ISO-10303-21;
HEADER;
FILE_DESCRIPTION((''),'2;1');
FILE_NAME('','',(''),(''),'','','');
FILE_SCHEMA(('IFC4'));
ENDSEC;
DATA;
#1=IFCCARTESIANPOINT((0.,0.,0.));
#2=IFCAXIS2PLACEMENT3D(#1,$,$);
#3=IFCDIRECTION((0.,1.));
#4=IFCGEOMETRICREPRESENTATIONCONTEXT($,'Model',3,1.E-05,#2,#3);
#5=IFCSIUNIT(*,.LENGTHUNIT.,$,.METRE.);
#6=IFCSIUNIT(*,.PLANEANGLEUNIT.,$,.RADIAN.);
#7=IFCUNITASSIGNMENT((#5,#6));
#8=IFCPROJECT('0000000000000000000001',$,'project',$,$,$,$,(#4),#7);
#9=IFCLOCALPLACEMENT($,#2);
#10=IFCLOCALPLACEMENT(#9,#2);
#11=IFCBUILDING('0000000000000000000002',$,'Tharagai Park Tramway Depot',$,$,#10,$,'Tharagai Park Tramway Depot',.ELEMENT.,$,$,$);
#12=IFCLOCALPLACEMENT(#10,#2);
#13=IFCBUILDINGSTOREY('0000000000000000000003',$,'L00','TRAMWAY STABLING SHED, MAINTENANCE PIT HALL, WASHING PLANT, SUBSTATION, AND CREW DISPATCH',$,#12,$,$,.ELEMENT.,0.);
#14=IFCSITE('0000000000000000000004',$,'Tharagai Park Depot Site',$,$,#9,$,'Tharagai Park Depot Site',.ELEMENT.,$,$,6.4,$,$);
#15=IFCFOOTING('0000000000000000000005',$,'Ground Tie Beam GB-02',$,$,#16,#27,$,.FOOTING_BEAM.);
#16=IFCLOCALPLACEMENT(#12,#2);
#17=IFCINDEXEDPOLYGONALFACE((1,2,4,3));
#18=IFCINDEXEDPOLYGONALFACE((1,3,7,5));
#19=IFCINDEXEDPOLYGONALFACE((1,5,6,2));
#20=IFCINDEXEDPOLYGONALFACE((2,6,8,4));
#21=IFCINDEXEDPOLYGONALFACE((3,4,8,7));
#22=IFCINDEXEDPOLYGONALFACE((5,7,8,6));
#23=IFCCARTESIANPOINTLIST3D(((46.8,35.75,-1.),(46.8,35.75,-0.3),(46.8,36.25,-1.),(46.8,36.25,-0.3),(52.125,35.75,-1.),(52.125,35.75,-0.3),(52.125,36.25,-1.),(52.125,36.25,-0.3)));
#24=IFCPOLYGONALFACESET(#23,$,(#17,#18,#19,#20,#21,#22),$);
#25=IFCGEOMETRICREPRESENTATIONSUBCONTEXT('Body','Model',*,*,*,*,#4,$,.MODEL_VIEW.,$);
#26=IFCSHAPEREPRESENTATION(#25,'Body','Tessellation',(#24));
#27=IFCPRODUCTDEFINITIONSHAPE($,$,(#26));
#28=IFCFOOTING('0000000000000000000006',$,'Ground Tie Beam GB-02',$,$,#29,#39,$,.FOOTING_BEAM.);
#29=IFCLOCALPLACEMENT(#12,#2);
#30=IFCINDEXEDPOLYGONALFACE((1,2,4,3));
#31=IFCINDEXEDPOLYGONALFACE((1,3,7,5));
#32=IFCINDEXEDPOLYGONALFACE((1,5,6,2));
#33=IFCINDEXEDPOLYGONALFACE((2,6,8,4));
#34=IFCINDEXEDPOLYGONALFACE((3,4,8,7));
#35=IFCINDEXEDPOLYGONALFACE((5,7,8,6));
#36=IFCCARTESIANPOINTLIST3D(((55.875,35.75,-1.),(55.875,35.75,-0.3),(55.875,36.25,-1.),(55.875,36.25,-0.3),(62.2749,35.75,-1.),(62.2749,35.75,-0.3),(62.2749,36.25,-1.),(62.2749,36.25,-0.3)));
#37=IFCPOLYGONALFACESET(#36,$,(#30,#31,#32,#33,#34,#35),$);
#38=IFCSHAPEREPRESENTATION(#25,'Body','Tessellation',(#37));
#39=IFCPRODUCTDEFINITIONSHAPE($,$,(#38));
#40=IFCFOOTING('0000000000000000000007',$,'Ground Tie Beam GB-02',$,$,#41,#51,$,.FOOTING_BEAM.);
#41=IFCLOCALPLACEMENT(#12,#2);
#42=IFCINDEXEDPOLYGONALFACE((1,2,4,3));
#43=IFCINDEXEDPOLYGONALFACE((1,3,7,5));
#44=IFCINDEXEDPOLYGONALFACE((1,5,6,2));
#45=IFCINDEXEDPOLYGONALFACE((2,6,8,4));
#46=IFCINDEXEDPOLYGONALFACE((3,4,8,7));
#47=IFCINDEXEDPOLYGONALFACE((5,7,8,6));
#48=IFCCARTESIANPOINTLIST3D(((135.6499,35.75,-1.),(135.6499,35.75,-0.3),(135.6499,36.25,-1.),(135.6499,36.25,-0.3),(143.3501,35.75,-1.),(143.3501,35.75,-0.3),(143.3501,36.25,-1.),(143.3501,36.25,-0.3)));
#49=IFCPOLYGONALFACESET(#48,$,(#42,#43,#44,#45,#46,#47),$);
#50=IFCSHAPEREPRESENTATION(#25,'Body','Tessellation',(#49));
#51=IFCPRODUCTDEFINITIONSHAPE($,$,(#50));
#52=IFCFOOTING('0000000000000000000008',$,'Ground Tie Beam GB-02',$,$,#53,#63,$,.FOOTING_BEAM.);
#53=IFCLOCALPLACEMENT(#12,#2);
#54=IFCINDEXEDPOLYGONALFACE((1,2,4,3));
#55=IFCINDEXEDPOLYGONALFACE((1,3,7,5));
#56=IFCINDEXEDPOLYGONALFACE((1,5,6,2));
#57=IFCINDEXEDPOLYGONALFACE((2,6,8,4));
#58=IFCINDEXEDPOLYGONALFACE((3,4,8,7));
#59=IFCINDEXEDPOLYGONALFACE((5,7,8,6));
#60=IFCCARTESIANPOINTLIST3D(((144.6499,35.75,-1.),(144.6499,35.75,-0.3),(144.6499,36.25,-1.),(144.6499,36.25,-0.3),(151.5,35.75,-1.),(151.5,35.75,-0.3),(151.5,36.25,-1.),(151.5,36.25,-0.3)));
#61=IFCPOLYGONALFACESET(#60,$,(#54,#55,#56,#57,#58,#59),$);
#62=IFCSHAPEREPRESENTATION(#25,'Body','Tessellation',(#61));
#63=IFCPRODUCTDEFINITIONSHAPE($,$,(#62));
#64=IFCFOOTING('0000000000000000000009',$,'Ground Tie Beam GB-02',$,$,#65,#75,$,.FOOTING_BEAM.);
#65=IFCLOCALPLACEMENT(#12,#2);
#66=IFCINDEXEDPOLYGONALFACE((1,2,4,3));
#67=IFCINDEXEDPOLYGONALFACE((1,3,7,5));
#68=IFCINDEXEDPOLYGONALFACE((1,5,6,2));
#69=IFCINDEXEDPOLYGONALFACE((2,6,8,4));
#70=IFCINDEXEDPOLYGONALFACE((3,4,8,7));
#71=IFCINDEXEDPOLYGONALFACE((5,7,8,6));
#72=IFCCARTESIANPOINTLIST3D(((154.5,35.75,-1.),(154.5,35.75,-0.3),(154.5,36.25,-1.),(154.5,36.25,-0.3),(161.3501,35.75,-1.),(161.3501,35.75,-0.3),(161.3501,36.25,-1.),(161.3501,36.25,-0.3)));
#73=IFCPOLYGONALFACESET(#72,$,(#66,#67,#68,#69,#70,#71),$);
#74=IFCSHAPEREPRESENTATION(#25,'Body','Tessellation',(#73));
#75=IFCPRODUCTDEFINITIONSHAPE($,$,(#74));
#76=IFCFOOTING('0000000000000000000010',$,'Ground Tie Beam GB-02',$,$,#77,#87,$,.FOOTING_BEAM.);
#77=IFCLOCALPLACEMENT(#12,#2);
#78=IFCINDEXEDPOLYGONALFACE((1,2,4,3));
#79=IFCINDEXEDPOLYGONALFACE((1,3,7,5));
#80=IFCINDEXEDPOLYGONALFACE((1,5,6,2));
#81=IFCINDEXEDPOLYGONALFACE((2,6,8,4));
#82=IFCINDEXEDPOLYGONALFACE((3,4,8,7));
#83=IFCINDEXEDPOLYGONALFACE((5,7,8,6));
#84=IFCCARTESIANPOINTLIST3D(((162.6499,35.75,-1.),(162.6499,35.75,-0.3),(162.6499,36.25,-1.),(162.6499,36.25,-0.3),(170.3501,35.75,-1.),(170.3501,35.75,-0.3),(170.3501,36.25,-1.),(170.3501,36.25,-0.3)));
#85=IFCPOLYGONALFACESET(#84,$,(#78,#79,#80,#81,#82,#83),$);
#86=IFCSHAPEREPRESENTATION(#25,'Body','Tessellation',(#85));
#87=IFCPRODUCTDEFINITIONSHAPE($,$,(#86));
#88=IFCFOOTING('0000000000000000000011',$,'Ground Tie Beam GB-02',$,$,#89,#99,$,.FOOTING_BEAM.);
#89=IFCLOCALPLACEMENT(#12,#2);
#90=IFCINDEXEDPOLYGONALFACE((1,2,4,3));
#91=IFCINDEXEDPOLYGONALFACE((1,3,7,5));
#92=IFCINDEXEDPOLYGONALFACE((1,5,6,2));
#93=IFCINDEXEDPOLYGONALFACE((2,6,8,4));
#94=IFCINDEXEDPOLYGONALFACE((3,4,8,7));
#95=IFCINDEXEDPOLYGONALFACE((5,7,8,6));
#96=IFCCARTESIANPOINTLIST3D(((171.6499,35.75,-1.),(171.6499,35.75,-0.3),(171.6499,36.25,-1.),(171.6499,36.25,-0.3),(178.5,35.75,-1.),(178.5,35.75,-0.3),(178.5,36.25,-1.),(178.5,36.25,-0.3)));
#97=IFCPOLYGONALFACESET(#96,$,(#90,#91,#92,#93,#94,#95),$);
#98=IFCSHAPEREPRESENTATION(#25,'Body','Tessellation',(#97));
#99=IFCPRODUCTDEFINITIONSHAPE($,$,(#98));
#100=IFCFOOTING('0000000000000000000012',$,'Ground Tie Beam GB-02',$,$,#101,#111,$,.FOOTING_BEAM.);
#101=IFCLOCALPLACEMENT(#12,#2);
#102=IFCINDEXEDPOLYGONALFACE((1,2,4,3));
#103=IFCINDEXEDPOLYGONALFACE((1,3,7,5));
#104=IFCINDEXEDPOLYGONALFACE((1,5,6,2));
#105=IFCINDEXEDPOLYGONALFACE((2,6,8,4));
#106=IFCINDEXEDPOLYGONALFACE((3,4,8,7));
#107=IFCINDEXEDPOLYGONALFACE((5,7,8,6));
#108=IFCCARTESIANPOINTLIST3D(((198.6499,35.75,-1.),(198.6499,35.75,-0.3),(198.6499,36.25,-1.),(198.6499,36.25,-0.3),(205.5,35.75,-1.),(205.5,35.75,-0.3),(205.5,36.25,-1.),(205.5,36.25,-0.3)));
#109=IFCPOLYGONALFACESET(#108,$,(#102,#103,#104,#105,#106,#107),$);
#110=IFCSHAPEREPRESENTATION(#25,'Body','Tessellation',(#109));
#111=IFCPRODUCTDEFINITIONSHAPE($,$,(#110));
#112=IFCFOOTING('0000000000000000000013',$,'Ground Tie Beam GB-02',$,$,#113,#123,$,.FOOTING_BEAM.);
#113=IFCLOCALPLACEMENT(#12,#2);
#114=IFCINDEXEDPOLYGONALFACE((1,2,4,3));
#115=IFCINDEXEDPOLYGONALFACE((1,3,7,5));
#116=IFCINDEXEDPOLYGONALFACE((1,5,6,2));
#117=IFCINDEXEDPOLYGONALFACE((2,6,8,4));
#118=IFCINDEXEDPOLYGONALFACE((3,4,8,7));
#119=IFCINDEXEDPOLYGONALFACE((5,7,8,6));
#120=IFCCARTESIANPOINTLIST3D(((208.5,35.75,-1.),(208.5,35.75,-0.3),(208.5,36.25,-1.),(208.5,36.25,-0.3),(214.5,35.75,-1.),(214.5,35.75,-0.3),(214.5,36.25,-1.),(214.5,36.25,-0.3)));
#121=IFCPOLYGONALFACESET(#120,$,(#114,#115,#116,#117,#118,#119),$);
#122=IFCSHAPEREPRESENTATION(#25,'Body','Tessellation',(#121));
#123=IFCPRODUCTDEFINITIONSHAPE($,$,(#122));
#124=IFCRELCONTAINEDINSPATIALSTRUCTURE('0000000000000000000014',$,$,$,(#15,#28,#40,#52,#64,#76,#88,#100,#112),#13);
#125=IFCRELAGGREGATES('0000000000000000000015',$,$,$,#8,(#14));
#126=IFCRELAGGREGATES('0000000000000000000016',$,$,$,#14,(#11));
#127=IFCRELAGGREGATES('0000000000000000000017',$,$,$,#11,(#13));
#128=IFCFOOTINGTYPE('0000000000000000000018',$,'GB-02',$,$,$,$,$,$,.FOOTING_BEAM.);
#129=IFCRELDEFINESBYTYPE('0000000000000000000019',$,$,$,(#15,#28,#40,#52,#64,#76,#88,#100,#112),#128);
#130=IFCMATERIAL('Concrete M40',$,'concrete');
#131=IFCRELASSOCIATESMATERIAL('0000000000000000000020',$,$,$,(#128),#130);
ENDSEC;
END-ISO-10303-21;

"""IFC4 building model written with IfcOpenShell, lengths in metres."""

from ifc_helpers import new_model, si_unit, direction, frame, origin, place, context, subcontext, project, spatial, polyline, outline, extrude, material, type_object, element, save


model = new_model("IFC4")

# Units and contexts
model_context = context("Model", 3, precision=1e-05, world=origin(), true_north=direction((0.0, 1.0)))
body_context = subcontext(model_context, "Body", "Model", "MODEL_VIEW")
ifc_project = project(units=[si_unit("LENGTHUNIT", "METRE"), si_unit("PLANEANGLEUNIT", "RADIAN")], contexts=[model_context])

# Site, building, storey
site_placement = place(None, origin())
site = spatial("IfcSite", under=ifc_project, at=site_placement, Name="Tharagai Park Depot Site", LongName="Tharagai Park Depot Site", CompositionType="ELEMENT", RefElevation=6.4)
building_placement = place(site_placement, origin())
building = spatial("IfcBuilding", under=site, at=building_placement, Name="Tharagai Park Tramway Depot", LongName="Tharagai Park Tramway Depot", CompositionType="ELEMENT")
storey_placement = place(building_placement, origin())
storey = spatial("IfcBuildingStorey", under=building, at=storey_placement, Name="L00", Description="TRAMWAY STABLING SHED, MAINTENANCE PIT HALL, WASHING PLANT, SUBSTATION, AND CREW DISPATCH", CompositionType="ELEMENT", Elevation=0.0)

# Footings
ifc_material = material(Name="Concrete M40", Category="concrete")
footing_type = type_object("IfcFootingType", Name="GB-02", PredefinedType="FOOTING_BEAM", material=ifc_material)
footing_1_placement = place(storey_placement, frame((0.0, 0.0, -1.0)))
element("IfcFooting", 1, at=footing_1_placement, inside=storey, type_object=footing_type, Name="Ground Tie Beam GB-02", PredefinedType="FOOTING_BEAM", context=body_context, shape_type="SweptSolid", body=[
    extrude(outline(polyline([(46.8, 35.75), (52.125, 35.75), (52.125, 36.25), (46.8, 36.25), (46.8, 35.75)])), origin(), (0.0, 0.0, 1.0), 0.7),
])
footing_2_placement = place(storey_placement, frame((0.0, 0.0, -1.0)))
element("IfcFooting", 2, at=footing_2_placement, inside=storey, type_object=footing_type, Name="Ground Tie Beam GB-02", PredefinedType="FOOTING_BEAM", context=body_context, shape_type="SweptSolid", body=[
    extrude(outline(polyline([(55.875, 35.75), (62.2749, 35.75), (62.2749, 36.25), (55.875, 36.25), (55.875, 35.75)])), origin(), (0.0, 0.0, 1.0), 0.7),
])
footing_3_placement = place(storey_placement, frame((0.0, 0.0, -1.0)))
element("IfcFooting", 3, at=footing_3_placement, inside=storey, type_object=footing_type, Name="Ground Tie Beam GB-02", PredefinedType="FOOTING_BEAM", context=body_context, shape_type="SweptSolid", body=[
    extrude(outline(polyline([(135.6499, 35.75), (143.3501, 35.75), (143.3501, 36.25), (135.6499, 36.25), (135.6499, 35.75)])), origin(), (0.0, 0.0, 1.0), 0.7),
])
footing_4_placement = place(storey_placement, frame((0.0, 0.0, -1.0)))
element("IfcFooting", 4, at=footing_4_placement, inside=storey, type_object=footing_type, Name="Ground Tie Beam GB-02", PredefinedType="FOOTING_BEAM", context=body_context, shape_type="SweptSolid", body=[
    extrude(outline(polyline([(144.6499, 35.75), (151.5, 35.75), (151.5, 36.25), (144.6499, 36.25), (144.6499, 35.75)])), origin(), (0.0, 0.0, 1.0), 0.7),
])
footing_5_placement = place(storey_placement, frame((0.0, 0.0, -1.0)))
element("IfcFooting", 5, at=footing_5_placement, inside=storey, type_object=footing_type, Name="Ground Tie Beam GB-02", PredefinedType="FOOTING_BEAM", context=body_context, shape_type="SweptSolid", body=[
    extrude(outline(polyline([(154.5, 35.75), (161.3501, 35.75), (161.3501, 36.25), (154.5, 36.25), (154.5, 35.75)])), origin(), (0.0, 0.0, 1.0), 0.7),
])
footing_6_placement = place(storey_placement, frame((0.0, 0.0, -1.0)))
element("IfcFooting", 6, at=footing_6_placement, inside=storey, type_object=footing_type, Name="Ground Tie Beam GB-02", PredefinedType="FOOTING_BEAM", context=body_context, shape_type="SweptSolid", body=[
    extrude(outline(polyline([(162.6499, 35.75), (170.3501, 35.75), (170.3501, 36.25), (162.6499, 36.25), (162.6499, 35.75)])), origin(), (0.0, 0.0, 1.0), 0.7),
])
footing_7_placement = place(storey_placement, frame((0.0, 0.0, -1.0)))
element("IfcFooting", 7, at=footing_7_placement, inside=storey, type_object=footing_type, Name="Ground Tie Beam GB-02", PredefinedType="FOOTING_BEAM", context=body_context, shape_type="SweptSolid", body=[
    extrude(outline(polyline([(171.6499, 35.75), (178.5, 35.75), (178.5, 36.25), (171.6499, 36.25), (171.6499, 35.75)])), origin(), (0.0, 0.0, 1.0), 0.7),
])
footing_8_placement = place(storey_placement, frame((0.0, 0.0, -1.0)))
element("IfcFooting", 8, at=footing_8_placement, inside=storey, type_object=footing_type, Name="Ground Tie Beam GB-02", PredefinedType="FOOTING_BEAM", context=body_context, shape_type="SweptSolid", body=[
    extrude(outline(polyline([(198.6499, 35.75), (205.5, 35.75), (205.5, 36.25), (198.6499, 36.25), (198.6499, 35.75)])), origin(), (0.0, 0.0, 1.0), 0.7),
])
footing_9_placement = place(storey_placement, frame((0.0, 0.0, -1.0)))
element("IfcFooting", 9, at=footing_9_placement, inside=storey, type_object=footing_type, Name="Ground Tie Beam GB-02", PredefinedType="FOOTING_BEAM", context=body_context, shape_type="SweptSolid", body=[
    extrude(outline(polyline([(208.5, 35.75), (214.5, 35.75), (214.5, 36.25), (208.5, 36.25), (208.5, 35.75)])), origin(), (0.0, 0.0, 1.0), 0.7),
])

save(model, "model.ifc")
